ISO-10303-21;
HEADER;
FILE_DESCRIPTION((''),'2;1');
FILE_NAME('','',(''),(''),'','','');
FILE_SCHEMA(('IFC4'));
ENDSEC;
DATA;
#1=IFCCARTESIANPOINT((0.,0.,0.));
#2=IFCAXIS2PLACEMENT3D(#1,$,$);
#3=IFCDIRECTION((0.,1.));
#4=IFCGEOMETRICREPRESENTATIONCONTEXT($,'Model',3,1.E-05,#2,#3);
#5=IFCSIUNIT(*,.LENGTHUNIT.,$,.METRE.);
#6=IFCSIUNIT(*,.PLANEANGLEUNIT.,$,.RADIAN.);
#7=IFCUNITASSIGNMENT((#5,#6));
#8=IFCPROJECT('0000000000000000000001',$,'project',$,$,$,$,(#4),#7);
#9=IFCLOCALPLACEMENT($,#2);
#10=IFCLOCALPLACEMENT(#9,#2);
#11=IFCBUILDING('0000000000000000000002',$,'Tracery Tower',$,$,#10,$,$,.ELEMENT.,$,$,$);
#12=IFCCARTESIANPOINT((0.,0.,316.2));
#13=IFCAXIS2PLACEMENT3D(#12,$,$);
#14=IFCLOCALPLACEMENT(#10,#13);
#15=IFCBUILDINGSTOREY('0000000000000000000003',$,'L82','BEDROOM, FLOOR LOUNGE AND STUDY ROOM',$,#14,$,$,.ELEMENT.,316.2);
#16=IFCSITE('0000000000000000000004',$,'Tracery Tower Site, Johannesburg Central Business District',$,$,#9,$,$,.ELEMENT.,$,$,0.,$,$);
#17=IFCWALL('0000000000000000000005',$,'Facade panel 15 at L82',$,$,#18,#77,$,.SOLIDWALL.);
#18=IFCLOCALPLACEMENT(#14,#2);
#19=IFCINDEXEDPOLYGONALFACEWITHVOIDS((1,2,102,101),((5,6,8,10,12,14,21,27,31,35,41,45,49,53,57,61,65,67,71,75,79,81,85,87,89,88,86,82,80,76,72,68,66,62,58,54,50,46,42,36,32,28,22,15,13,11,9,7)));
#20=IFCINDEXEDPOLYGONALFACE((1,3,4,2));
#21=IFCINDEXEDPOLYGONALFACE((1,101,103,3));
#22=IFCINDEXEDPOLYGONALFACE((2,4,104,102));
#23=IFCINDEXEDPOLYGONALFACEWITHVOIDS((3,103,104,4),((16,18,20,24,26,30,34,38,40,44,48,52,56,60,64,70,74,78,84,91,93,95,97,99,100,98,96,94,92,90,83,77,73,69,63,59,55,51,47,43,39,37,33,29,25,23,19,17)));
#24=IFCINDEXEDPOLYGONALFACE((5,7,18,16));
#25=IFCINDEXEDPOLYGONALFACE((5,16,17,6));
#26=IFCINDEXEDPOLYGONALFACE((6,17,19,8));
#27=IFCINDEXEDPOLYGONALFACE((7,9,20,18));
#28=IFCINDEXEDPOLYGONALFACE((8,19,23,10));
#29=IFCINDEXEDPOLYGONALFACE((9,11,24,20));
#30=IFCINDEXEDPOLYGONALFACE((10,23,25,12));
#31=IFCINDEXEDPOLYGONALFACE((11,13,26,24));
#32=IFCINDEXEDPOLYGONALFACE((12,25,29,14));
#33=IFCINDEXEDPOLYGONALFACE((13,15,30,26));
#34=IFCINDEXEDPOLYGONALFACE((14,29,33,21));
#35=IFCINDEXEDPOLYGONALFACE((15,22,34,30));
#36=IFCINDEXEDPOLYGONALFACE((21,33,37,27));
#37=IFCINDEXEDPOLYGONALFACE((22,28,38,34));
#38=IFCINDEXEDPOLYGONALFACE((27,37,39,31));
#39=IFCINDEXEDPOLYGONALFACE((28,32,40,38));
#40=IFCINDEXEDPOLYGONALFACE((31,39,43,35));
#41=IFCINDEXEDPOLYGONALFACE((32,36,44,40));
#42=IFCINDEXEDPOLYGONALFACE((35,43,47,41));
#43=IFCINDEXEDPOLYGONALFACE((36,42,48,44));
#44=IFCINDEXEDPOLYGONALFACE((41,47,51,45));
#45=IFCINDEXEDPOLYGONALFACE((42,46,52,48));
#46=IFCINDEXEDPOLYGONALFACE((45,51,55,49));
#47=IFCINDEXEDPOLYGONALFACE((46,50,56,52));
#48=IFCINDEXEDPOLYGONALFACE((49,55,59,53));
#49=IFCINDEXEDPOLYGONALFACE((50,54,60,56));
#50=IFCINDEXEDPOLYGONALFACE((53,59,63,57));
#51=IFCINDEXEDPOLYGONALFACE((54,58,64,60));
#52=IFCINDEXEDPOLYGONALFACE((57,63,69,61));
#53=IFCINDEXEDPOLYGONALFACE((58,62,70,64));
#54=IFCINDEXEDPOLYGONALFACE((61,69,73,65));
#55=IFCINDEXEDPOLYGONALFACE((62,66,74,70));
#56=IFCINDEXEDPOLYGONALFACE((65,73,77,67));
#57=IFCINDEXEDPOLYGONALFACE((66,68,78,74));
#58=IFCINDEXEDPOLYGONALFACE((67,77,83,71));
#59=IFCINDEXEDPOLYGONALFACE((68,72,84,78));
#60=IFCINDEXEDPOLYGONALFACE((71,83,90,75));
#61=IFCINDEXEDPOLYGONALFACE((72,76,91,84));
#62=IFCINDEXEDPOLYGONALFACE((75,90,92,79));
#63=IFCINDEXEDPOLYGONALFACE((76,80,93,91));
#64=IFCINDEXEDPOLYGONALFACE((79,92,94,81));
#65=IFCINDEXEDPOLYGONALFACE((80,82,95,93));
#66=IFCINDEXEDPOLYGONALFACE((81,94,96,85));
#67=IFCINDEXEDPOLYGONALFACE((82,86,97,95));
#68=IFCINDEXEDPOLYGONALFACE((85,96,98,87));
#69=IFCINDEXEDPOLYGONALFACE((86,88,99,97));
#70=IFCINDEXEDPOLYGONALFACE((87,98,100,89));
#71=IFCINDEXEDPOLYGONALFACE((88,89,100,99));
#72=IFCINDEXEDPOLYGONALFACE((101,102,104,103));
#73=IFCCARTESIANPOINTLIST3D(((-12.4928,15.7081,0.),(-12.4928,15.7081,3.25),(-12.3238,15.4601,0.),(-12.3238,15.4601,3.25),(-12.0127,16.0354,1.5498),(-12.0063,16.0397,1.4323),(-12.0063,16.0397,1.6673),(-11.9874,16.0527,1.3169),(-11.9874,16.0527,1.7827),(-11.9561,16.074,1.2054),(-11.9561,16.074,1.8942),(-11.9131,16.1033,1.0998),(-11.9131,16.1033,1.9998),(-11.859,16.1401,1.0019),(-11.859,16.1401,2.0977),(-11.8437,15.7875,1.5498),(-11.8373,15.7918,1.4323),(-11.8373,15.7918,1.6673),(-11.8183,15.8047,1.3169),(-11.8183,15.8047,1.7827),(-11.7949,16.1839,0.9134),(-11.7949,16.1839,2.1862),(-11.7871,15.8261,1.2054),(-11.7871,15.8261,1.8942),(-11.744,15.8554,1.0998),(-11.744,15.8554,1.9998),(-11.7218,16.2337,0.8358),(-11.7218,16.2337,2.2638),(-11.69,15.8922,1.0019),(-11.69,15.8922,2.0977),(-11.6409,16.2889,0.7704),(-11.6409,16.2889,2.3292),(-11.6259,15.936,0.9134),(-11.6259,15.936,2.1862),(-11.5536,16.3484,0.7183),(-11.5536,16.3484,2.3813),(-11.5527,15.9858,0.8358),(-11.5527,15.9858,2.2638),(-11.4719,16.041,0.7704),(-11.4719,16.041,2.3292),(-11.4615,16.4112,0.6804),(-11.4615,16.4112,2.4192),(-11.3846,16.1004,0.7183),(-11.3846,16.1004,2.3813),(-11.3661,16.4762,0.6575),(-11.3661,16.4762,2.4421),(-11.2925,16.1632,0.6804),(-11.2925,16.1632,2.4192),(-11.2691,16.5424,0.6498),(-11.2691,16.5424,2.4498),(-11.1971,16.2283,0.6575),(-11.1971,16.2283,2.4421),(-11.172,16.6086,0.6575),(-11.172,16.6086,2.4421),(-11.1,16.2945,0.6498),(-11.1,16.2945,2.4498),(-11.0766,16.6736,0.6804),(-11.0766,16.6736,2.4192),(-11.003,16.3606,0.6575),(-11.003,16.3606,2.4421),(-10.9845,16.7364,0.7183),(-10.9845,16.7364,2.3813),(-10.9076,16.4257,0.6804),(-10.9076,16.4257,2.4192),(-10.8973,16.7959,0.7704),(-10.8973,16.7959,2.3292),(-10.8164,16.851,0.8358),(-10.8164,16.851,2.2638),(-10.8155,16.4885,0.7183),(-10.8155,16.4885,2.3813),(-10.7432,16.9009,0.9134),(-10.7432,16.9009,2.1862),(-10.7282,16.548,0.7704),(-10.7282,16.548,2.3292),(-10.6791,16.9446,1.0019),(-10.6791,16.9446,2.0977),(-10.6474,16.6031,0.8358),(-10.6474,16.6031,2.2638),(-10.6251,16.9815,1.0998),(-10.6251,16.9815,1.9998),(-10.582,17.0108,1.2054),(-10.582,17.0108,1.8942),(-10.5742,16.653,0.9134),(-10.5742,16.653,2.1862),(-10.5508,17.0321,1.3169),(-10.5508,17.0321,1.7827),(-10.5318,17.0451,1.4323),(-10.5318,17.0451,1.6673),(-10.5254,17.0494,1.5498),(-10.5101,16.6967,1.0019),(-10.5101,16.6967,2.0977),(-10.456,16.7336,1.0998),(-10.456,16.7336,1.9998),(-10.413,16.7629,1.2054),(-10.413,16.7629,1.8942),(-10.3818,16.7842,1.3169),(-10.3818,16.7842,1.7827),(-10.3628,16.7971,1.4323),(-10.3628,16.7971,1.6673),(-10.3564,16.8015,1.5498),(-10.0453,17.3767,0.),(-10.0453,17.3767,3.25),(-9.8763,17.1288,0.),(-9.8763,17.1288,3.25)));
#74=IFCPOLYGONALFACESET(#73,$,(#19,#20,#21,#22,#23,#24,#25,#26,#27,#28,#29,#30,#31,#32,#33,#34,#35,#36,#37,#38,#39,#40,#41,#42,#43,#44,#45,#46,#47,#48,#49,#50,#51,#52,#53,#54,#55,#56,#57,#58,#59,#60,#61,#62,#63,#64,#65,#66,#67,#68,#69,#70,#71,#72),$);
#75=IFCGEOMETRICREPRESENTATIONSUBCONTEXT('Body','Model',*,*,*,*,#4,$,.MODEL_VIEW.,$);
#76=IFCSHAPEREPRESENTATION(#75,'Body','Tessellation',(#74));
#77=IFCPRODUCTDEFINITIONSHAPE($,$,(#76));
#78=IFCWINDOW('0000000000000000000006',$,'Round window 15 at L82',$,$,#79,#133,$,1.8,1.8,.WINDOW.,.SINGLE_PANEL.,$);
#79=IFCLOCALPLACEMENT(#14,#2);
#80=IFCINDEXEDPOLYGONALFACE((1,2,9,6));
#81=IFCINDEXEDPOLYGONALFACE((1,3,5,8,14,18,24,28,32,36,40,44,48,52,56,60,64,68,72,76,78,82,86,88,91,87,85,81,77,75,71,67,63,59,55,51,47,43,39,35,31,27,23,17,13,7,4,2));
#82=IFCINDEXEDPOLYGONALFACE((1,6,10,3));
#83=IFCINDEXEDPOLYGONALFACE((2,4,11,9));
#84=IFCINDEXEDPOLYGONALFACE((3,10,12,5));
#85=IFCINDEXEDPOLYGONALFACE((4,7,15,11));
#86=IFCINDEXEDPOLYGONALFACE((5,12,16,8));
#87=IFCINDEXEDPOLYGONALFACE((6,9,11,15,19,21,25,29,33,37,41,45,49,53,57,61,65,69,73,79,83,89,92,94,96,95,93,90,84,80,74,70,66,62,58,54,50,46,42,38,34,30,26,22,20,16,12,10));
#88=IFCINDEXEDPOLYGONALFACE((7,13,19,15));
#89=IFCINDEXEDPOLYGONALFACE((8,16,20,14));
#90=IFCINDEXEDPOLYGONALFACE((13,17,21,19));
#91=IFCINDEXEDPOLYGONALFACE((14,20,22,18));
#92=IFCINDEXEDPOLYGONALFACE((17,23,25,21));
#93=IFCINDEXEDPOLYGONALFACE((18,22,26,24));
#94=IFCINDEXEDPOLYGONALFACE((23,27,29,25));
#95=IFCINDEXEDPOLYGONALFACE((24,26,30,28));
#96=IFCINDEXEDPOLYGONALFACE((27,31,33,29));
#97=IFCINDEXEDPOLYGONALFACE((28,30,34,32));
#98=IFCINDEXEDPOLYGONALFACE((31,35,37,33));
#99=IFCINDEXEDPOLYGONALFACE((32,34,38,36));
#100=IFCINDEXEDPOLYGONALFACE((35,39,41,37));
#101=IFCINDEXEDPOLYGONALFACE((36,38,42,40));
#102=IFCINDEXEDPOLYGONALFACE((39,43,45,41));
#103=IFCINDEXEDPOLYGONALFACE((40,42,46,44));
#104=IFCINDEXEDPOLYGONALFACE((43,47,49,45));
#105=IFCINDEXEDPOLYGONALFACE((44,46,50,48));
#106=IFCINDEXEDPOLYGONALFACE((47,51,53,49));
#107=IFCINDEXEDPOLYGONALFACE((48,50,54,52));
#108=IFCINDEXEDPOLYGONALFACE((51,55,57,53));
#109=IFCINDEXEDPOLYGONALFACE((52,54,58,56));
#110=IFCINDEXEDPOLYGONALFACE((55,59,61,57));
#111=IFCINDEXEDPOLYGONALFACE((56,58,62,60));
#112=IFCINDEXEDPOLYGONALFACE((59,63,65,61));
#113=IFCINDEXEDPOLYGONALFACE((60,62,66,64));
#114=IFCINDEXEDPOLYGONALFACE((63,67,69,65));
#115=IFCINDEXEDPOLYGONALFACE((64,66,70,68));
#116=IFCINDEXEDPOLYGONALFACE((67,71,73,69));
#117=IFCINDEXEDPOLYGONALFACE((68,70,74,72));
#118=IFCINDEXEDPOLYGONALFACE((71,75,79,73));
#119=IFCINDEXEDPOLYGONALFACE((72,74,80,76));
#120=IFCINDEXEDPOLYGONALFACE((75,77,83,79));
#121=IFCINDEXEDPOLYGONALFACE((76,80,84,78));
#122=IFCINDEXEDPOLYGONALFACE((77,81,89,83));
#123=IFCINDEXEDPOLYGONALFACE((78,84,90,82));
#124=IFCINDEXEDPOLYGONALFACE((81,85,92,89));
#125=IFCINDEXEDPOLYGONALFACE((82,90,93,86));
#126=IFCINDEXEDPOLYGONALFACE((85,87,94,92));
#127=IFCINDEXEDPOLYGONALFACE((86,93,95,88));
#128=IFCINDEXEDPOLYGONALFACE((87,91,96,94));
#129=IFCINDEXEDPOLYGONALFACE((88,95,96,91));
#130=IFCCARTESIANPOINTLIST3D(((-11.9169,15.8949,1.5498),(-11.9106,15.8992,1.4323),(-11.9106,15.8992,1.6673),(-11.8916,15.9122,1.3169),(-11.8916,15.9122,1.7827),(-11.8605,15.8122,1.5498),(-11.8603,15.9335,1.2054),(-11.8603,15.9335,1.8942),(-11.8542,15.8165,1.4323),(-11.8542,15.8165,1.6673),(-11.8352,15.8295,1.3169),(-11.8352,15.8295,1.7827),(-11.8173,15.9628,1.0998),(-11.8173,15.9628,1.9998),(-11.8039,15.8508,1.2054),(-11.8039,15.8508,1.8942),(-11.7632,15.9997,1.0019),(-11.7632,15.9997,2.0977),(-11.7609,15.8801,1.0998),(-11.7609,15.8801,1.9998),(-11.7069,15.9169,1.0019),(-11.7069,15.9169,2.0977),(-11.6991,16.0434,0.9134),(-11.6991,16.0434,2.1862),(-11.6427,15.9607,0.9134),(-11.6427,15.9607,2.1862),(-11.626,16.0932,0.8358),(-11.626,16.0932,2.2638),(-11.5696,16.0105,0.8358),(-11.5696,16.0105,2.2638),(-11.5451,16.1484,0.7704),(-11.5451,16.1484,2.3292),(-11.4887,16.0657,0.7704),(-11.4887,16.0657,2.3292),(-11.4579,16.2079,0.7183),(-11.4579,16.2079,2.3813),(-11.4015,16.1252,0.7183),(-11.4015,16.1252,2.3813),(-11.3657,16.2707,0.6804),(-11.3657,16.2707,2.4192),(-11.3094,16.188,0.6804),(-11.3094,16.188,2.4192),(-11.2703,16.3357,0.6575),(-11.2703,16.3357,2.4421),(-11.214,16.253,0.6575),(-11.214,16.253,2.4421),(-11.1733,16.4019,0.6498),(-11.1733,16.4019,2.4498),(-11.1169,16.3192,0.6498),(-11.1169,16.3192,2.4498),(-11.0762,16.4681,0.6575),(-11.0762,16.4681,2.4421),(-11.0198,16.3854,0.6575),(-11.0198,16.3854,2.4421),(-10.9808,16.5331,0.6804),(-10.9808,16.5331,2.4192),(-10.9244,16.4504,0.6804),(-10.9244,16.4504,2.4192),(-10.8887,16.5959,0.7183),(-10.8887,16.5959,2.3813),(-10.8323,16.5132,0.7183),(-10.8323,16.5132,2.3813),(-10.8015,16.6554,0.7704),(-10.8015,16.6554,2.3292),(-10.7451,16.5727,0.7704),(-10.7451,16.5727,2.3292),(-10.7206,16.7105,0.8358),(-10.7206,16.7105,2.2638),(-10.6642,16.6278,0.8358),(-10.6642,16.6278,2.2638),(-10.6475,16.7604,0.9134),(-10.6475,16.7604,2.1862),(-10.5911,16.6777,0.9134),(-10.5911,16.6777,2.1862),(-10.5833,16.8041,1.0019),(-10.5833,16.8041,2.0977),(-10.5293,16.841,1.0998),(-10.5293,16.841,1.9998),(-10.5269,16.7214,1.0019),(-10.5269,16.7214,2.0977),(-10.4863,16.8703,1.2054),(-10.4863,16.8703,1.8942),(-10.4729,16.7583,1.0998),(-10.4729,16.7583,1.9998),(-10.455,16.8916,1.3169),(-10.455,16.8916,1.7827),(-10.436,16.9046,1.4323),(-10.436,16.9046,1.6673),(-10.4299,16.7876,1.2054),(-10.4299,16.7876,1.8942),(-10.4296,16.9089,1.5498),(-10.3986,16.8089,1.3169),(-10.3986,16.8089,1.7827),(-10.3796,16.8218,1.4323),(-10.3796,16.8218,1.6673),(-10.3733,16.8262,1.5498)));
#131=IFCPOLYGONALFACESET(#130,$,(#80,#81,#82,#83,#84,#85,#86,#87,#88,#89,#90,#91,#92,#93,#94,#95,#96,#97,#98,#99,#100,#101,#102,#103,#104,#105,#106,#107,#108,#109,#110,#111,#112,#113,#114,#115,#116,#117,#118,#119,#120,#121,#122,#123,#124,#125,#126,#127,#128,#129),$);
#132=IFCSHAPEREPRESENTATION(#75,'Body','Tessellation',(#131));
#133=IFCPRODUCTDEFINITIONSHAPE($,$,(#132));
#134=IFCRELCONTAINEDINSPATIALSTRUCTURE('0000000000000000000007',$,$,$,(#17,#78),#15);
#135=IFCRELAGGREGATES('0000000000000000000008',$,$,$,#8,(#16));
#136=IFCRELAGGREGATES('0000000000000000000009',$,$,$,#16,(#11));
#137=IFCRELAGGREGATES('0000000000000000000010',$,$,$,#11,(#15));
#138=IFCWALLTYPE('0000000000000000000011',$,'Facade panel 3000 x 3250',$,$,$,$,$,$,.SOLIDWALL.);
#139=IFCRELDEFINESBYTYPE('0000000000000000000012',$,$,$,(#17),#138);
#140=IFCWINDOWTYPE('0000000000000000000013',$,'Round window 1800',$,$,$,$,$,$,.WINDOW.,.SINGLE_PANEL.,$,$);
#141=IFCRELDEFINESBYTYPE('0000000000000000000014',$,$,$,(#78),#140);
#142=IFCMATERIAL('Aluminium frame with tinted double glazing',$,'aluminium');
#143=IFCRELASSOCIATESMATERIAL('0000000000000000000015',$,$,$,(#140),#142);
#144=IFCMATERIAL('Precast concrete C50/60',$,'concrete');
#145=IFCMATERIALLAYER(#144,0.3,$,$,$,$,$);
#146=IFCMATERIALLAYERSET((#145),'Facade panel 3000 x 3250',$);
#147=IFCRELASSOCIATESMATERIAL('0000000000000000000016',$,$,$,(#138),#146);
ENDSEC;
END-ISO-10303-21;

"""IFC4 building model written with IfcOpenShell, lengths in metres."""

from ifc_helpers import new_model, si_unit, direction, frame, frame_2d, origin, origin_2d, place, context, subcontext, project, spatial, rectangle, circle, extrude, material, layer, layer_set, type_object, element, fill, save


model = new_model("IFC4")

# Units and contexts
model_context = context("Model", 3, precision=1e-05, world=origin(), true_north=direction((0.0, 1.0)))
body_context = subcontext(model_context, "Body", "Model", "MODEL_VIEW")
ifc_project = project(units=[si_unit("LENGTHUNIT", "METRE"), si_unit("PLANEANGLEUNIT", "RADIAN")], contexts=[model_context])

# Site, building, storey
site_placement = place(None, origin())
site = spatial("IfcSite", under=ifc_project, at=site_placement, Name="Tracery Tower Site, Johannesburg Central Business District", CompositionType="ELEMENT", RefElevation=0.0)
building_placement = place(site_placement, origin())
building = spatial("IfcBuilding", under=site, at=building_placement, Name="Tracery Tower", CompositionType="ELEMENT")
storey_placement = place(building_placement, frame((0.0, 0.0, 316.2)))
storey = spatial("IfcBuildingStorey", under=building, at=storey_placement, Name="L82", Description="BEDROOM, FLOOR LOUNGE AND STUDY ROOM", CompositionType="ELEMENT", Elevation=316.2)

# Wall, opening, window
ifc_material_1 = material(Name="Aluminium frame with tinted double glazing", Category="aluminium")
window_type = type_object("IfcWindowType", Name="Round window 1800", PartitioningType="SINGLE_PANEL", PredefinedType="WINDOW", material=ifc_material_1)
ifc_material_2 = material(Name="Precast concrete C50/60", Category="concrete")
ifc_layer_1 = layer(ifc_material_2, 0.3)
ifc_layer_set_1 = layer_set([ifc_layer_1], Name="Facade panel 3000 x 3250")
wall_type_1 = type_object("IfcWallType", Name="Facade panel 3000 x 3250", PredefinedType="SOLIDWALL", material=ifc_layer_set_1)
wall_1_placement = place(storey_placement, frame((-9.9609, 17.2527, 0.0), z_axis=(0.0, 0.0, 1.0), x_axis=(-0.826236, -0.563324, 0.0)))
wall_1 = element("IfcWall", 1, at=wall_1_placement, inside=storey, type_object=wall_type_1, Name="Facade panel 15 at L82", PredefinedType="SOLIDWALL", context=body_context, shape_type="SweptSolid", body=[
    extrude(rectangle(XDim=2.9622, YDim=0.3, at=frame_2d((1.481, 0.0))), origin(), (0.0, 0.0, 1.0), 3.25),
])
opening_1_placement = place(wall_1_placement, frame((1.481, 0.0, 1.5498)))
opening_1 = element("IfcOpeningElement", 2, at=opening_1_placement, cuts=wall_1, PredefinedType="OPENING", context=body_context, shape_type="SweptSolid", body=[
    extrude(circle(Radius=0.9, at=origin_2d()), frame((0.0, 0.1599, 0.0), z_axis=(0.0, -1.0, 0.0), x_axis=(1.0, 0.0, 0.0)), (0.0, 0.0, 1.0), 0.3201),
])
window_1_placement = place(opening_1_placement, origin())
window_1 = element("IfcWindow", 3, at=window_1_placement, inside=storey, type_object=window_type, Name="Round window 15 at L82", OverallHeight=1.8, OverallWidth=1.8, PartitioningType="SINGLE_PANEL", PredefinedType="WINDOW", context=body_context, shape_type="SweptSolid", body=[
    extrude(circle(Radius=0.9, at=origin_2d()), frame((0.0, 0.1201, 0.0), z_axis=(0.0, -1.0, 0.0), x_axis=(1.0, 0.0, 0.0)), (0.0, 0.0, 1.0), 0.1001),
])
fill(opening_1, window_1)

save(model, "model.ifc")
